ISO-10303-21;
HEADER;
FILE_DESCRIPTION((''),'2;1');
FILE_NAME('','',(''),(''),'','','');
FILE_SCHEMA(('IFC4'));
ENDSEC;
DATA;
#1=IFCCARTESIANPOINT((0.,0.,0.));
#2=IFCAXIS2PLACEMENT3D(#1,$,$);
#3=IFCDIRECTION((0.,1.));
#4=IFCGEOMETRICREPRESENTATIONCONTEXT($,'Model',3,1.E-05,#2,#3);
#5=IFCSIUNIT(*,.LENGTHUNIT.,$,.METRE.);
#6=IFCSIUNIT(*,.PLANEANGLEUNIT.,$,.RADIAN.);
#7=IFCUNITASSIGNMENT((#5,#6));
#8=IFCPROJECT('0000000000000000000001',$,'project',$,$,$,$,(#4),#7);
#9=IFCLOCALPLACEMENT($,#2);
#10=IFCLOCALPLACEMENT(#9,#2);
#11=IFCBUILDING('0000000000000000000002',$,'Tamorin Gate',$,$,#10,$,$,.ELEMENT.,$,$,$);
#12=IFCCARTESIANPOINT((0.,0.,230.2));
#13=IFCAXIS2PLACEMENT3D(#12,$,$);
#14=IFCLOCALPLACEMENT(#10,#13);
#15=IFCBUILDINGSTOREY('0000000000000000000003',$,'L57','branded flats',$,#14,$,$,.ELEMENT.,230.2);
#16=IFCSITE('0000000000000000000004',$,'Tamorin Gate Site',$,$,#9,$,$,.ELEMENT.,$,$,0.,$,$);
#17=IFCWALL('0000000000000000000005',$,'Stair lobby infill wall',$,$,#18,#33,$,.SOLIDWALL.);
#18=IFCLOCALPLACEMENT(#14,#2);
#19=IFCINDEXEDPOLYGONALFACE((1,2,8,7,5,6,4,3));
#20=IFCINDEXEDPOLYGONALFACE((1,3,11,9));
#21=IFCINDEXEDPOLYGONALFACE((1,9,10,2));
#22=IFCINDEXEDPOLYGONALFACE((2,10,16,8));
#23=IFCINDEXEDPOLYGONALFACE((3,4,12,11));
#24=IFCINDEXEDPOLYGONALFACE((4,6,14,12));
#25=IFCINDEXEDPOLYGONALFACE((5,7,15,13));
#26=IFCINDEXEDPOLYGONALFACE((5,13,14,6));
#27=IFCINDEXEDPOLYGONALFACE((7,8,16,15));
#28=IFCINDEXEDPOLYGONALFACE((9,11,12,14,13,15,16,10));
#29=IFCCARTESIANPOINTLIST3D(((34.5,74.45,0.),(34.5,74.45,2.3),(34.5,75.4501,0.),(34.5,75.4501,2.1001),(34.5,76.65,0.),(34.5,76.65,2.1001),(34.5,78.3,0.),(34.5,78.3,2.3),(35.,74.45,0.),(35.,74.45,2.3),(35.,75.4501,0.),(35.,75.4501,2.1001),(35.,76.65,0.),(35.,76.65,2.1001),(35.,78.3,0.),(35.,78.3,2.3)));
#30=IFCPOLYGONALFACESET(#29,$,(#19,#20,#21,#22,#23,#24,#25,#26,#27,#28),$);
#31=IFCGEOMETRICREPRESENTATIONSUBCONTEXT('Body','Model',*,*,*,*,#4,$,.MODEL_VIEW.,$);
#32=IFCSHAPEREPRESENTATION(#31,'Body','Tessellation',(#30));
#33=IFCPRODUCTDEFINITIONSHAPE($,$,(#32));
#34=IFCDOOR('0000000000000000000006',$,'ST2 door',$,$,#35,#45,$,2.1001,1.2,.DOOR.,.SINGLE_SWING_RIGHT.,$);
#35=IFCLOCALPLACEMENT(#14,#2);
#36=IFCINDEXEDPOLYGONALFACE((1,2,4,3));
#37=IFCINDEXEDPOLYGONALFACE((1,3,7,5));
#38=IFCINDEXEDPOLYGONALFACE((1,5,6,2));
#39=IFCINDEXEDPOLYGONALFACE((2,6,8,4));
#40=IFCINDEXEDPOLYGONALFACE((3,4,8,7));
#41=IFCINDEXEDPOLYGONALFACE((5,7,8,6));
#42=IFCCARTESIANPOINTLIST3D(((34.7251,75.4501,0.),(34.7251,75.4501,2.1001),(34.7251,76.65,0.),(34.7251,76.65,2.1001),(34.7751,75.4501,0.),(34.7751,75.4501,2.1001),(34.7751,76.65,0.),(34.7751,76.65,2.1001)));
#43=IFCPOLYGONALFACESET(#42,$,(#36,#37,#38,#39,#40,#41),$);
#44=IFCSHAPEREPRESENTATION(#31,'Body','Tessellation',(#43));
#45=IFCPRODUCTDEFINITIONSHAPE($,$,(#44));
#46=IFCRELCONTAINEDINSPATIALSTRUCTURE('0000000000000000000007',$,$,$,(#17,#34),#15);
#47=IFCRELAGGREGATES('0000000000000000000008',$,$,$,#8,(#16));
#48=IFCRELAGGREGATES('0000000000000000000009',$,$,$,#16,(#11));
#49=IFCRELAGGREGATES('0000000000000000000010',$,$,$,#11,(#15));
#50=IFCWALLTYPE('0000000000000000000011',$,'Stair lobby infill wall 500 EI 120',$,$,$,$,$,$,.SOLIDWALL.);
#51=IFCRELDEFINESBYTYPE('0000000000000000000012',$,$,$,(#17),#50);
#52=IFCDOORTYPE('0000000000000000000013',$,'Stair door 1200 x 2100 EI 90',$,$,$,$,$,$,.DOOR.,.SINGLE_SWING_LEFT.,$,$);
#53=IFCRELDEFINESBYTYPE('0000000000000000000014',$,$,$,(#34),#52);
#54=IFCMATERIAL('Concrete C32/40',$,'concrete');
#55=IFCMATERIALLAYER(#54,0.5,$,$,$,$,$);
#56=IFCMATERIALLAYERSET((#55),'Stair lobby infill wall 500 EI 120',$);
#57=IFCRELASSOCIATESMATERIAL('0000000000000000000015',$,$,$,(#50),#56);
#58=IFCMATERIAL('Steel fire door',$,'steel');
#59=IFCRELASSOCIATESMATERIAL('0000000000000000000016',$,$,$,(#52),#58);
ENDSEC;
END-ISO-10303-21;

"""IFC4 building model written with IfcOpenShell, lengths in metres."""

from ifc_helpers import new_model, si_unit, direction, frame, frame_2d, origin, place, context, subcontext, project, spatial, rectangle, extrude, material, layer, layer_set, type_object, element, fill, save


model = new_model("IFC4")

# Units and contexts
model_context = context("Model", 3, precision=1e-05, world=origin(), true_north=direction((0.0, 1.0)))
body_context = subcontext(model_context, "Body", "Model", "MODEL_VIEW")
ifc_project = project(units=[si_unit("LENGTHUNIT", "METRE"), si_unit("PLANEANGLEUNIT", "RADIAN")], contexts=[model_context])

# Site, building, storey
site_placement = place(None, origin())
site = spatial("IfcSite", under=ifc_project, at=site_placement, Name="Tamorin Gate Site", CompositionType="ELEMENT", RefElevation=0.0)
building_placement = place(site_placement, origin())
building = spatial("IfcBuilding", under=site, at=building_placement, Name="Tamorin Gate", CompositionType="ELEMENT")
storey_placement = place(building_placement, frame((0.0, 0.0, 230.2)))
storey = spatial("IfcBuildingStorey", under=building, at=storey_placement, Name="L57", Description="branded flats", CompositionType="ELEMENT", Elevation=230.2)

# Wall, opening, door
ifc_material_1 = material(Name="Steel fire door", Category="steel")
ifc_material_2 = material(Name="Concrete C32/40", Category="concrete")
ifc_layer_1 = layer(ifc_material_2, 0.5)
ifc_layer_set_1 = layer_set([ifc_layer_1], Name="Stair lobby infill wall 500 EI 120")
wall_type_1 = type_object("IfcWallType", Name="Stair lobby infill wall 500 EI 120", PredefinedType="SOLIDWALL", material=ifc_layer_set_1)
door_type_1 = type_object("IfcDoorType", Name="Stair door 1200 x 2100 EI 90", OperationType="SINGLE_SWING_LEFT", PredefinedType="DOOR", material=ifc_material_1)
wall_1_placement = place(storey_placement, frame((34.75, 74.45, 0.0), z_axis=(0.0, 0.0, 1.0), x_axis=(0.0, 1.0, 0.0)))
wall_1 = element("IfcWall", 1, at=wall_1_placement, inside=storey, type_object=wall_type_1, Name="Stair lobby infill wall", PredefinedType="SOLIDWALL", context=body_context, shape_type="SweptSolid", body=[
    extrude(rectangle(XDim=3.8501, YDim=0.5, at=frame_2d((1.925, 0.0))), origin(), (0.0, 0.0, 1.0), 2.3),
])
opening_1_placement = place(wall_1_placement, frame((1.0, 0.0, 0.0)))
opening_1 = element("IfcOpeningElement", 2, at=opening_1_placement, cuts=wall_1, PredefinedType="OPENING", context=body_context, shape_type="SweptSolid", body=[
    extrude(rectangle(XDim=1.2, YDim=2.1001, at=frame_2d((0.6001, 1.05))), frame((0.0, 0.26, 0.0), z_axis=(0.0, -1.0, 0.0), x_axis=(1.0, 0.0, 0.0)), (0.0, 0.0, 1.0), 0.52),
])
door_1_placement = place(opening_1_placement, origin())
door_1 = element("IfcDoor", 3, at=door_1_placement, inside=storey, type_object=door_type_1, Name="ST2 door", OperationType="SINGLE_SWING_RIGHT", OverallHeight=2.1001, OverallWidth=1.2, PredefinedType="DOOR", context=body_context, shape_type="SweptSolid", body=[
    extrude(rectangle(XDim=1.2, YDim=2.1001, at=frame_2d((0.6001, 1.05))), frame((0.0, 0.0249, 0.0), z_axis=(0.0, -1.0, 0.0), x_axis=(1.0, 0.0, 0.0)), (0.0, 0.0, 1.0), 0.05),
])
fill(opening_1, door_1)

save(model, "model.ifc")
